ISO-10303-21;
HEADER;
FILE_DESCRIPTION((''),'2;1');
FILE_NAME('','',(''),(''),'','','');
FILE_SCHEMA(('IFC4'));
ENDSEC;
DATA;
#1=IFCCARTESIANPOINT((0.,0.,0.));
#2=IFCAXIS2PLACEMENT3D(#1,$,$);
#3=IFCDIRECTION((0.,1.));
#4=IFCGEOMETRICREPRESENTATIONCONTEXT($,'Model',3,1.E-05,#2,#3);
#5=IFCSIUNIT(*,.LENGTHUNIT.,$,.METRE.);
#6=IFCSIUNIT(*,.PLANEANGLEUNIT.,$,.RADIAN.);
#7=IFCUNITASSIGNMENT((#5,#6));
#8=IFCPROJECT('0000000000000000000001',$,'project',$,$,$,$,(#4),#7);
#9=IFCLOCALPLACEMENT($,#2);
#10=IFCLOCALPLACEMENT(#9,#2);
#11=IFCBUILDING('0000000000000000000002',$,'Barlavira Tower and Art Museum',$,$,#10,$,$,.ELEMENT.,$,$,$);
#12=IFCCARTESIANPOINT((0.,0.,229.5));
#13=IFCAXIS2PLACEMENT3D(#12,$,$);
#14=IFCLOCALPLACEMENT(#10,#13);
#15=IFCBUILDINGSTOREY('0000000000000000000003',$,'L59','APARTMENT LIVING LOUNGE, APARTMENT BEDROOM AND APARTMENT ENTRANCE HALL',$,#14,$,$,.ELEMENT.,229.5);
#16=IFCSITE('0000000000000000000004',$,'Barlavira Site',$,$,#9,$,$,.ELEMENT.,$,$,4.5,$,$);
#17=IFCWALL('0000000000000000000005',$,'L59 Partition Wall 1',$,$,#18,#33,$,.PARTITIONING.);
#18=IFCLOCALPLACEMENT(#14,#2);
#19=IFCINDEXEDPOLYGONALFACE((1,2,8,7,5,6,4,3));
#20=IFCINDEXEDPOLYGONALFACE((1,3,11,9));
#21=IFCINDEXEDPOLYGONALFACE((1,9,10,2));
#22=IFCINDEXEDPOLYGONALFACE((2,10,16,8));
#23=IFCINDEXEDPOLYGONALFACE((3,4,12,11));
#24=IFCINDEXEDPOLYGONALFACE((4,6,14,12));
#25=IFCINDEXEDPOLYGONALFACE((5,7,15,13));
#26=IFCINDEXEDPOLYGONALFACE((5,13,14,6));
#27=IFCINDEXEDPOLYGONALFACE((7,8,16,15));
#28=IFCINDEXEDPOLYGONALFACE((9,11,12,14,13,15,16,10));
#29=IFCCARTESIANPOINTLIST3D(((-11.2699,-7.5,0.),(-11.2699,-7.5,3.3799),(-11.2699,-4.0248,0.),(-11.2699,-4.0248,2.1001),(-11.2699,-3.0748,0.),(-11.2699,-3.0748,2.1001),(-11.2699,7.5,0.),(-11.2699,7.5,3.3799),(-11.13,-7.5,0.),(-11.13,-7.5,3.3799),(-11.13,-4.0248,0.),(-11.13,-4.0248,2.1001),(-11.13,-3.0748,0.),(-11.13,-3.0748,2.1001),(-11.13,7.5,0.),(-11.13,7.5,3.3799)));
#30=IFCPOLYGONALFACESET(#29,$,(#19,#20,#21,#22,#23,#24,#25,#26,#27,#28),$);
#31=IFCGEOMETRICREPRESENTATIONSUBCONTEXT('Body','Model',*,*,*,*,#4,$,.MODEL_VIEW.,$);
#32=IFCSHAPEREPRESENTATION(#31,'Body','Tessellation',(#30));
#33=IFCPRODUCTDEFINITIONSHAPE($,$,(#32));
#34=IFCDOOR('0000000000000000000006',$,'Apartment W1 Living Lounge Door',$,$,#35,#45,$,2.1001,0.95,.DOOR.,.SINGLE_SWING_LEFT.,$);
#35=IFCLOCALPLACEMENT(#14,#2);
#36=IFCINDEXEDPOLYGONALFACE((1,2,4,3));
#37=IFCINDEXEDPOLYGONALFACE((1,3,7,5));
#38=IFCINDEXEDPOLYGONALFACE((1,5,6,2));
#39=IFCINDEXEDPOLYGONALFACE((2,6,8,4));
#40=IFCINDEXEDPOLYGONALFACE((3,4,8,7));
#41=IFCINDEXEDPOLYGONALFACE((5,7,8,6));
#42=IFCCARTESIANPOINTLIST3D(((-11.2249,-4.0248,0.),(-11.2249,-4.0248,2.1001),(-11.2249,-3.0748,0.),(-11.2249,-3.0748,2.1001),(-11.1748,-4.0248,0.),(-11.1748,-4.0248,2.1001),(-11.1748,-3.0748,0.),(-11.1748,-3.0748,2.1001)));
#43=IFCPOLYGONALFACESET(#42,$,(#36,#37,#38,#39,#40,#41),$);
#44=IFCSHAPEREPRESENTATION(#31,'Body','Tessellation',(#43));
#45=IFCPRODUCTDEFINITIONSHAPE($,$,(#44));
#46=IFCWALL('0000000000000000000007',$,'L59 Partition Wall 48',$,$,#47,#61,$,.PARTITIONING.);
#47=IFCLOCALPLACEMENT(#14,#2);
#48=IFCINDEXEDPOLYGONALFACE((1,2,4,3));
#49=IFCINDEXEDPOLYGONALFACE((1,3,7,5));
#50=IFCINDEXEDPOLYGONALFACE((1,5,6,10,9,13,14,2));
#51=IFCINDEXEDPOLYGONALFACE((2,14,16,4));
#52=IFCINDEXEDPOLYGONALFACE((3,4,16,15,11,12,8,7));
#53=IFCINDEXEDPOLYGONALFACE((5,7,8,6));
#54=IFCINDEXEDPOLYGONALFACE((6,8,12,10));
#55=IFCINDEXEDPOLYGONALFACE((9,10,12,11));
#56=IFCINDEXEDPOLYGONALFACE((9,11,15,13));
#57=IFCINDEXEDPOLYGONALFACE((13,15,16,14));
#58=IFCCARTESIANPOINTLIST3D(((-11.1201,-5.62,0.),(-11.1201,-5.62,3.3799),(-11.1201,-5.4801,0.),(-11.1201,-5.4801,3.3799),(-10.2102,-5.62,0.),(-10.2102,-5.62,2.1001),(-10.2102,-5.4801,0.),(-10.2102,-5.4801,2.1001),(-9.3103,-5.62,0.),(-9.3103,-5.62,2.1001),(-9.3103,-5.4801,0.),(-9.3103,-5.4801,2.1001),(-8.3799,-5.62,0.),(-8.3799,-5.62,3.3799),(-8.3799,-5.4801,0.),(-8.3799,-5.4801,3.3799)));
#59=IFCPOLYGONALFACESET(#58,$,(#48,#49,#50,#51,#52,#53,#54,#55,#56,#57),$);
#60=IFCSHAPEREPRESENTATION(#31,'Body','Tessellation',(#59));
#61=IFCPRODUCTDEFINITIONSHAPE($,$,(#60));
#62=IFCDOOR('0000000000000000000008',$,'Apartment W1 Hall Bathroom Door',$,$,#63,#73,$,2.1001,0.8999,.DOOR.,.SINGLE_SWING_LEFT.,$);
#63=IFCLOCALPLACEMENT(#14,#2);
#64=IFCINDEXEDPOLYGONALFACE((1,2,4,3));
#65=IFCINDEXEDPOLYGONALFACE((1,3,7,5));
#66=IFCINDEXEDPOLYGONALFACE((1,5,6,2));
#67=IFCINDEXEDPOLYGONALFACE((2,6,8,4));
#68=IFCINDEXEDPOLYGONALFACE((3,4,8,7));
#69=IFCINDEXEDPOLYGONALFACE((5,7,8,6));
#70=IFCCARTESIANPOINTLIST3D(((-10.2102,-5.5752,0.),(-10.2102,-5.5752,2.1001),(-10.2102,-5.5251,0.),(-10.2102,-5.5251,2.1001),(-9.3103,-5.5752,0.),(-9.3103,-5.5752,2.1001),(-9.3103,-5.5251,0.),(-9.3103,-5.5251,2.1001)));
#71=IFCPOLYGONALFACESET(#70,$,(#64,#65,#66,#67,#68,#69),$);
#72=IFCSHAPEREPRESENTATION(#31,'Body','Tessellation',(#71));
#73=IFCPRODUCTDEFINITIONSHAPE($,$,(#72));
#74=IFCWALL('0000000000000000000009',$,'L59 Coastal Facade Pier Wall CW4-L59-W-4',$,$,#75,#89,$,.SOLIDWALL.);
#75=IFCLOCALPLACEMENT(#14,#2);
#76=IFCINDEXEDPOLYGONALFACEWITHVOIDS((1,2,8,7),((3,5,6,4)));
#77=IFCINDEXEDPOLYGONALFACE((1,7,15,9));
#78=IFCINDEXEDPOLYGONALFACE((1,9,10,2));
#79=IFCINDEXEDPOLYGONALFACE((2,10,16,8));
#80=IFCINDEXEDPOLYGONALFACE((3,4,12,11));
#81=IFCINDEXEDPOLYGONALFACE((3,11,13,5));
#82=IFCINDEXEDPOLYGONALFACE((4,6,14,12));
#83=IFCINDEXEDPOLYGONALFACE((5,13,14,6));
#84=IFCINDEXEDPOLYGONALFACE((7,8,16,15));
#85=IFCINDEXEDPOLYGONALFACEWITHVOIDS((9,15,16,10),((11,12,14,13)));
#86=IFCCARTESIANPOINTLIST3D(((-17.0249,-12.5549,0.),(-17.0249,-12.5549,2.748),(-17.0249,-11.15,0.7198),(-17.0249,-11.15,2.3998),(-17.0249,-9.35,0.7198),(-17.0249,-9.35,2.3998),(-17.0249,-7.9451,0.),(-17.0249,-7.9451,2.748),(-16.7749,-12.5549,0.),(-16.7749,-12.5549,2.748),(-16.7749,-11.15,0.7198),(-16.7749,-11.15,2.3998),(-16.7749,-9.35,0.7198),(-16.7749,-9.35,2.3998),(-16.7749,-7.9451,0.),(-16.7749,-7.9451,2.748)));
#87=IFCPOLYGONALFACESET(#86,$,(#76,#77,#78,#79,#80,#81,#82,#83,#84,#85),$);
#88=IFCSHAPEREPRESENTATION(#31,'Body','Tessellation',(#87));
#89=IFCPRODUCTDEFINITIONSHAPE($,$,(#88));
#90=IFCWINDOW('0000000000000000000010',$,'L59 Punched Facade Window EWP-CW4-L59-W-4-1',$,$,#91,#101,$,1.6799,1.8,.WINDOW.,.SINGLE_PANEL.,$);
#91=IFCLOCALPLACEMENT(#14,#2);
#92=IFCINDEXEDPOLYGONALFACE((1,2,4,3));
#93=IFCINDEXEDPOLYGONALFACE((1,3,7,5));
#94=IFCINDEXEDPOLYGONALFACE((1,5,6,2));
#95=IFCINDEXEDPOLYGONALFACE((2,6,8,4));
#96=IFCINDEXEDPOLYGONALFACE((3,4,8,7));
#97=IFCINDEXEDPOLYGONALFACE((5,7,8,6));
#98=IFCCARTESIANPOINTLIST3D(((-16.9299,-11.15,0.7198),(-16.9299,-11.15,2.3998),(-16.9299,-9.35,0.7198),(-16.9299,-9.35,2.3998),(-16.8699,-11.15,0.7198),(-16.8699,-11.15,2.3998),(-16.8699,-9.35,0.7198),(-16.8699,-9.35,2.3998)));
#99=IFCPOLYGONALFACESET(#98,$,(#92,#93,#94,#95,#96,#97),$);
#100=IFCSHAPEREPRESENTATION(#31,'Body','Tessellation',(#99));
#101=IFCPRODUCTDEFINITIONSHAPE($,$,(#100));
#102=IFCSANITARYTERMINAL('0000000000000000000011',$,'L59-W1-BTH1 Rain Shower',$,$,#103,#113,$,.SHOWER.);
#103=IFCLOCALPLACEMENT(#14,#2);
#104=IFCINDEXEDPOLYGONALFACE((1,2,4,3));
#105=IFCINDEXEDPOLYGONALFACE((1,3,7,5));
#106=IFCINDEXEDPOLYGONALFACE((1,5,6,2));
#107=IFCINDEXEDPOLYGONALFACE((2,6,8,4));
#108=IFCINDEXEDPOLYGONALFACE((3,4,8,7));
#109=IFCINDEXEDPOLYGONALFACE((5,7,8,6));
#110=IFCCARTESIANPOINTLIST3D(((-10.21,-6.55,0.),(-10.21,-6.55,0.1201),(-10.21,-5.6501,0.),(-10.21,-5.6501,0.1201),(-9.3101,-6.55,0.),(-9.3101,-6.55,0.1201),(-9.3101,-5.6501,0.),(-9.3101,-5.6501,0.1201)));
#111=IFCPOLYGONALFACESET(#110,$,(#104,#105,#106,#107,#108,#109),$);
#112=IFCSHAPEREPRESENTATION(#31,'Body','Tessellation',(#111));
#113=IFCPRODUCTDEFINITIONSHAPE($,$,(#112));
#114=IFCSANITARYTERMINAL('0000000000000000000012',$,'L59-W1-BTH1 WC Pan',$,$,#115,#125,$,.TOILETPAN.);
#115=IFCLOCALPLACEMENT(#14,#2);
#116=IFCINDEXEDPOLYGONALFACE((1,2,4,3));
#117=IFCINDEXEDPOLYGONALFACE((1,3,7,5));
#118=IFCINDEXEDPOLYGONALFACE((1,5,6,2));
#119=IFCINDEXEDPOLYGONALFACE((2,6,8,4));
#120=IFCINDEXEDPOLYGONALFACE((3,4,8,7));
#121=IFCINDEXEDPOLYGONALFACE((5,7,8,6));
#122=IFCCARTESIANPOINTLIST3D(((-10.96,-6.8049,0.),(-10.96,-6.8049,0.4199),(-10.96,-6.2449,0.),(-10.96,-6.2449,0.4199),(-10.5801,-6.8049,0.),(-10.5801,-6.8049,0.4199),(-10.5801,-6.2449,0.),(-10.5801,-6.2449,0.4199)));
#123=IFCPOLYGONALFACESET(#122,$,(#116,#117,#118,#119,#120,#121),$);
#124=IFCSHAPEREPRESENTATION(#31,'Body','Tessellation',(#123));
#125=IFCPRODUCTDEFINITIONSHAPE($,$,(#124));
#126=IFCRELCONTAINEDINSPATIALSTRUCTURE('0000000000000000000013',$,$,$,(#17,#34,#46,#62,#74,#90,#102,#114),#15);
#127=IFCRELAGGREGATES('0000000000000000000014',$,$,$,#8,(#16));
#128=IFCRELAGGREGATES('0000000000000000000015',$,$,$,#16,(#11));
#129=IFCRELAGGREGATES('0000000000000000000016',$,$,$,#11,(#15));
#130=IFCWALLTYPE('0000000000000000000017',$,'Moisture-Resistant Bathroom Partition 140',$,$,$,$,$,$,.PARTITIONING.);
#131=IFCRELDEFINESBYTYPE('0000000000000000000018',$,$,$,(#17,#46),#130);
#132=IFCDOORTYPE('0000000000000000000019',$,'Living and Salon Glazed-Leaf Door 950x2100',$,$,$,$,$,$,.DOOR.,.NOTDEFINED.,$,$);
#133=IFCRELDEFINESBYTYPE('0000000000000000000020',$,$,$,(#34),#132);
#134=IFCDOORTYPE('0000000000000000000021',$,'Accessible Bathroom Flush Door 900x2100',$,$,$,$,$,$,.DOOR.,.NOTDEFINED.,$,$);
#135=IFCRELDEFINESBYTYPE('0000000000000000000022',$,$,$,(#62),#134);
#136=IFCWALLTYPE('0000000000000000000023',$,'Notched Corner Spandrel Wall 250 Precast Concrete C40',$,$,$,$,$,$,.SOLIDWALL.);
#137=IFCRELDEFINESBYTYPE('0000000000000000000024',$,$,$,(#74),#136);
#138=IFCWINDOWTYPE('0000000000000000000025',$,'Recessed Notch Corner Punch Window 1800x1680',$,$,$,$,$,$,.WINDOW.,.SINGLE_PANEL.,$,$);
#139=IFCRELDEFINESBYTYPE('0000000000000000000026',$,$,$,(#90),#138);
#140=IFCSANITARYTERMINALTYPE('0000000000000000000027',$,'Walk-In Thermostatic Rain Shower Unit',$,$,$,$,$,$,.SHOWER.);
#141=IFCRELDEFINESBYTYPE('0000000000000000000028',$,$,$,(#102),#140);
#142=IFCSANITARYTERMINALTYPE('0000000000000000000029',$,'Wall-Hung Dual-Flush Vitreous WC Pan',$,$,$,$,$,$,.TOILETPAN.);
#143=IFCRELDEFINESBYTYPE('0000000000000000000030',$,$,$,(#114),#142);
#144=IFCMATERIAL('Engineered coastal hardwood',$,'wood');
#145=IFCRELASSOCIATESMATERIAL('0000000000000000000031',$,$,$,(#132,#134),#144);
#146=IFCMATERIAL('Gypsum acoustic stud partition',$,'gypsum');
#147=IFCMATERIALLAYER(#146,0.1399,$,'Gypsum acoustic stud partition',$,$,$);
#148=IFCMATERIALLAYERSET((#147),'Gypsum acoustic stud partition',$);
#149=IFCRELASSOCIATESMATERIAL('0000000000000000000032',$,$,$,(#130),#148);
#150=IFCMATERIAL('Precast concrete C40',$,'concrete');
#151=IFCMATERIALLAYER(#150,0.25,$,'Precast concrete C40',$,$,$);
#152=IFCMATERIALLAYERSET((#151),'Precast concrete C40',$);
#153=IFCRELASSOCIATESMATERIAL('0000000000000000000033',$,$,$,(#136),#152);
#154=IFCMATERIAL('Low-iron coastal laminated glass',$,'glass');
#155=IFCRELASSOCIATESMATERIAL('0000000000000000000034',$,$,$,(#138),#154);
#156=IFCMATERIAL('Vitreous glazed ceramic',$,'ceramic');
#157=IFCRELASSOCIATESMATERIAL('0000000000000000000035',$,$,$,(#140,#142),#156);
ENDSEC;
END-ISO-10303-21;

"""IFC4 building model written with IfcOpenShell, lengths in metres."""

from ifc_helpers import new_model, si_unit, direction, frame, frame_2d, origin, origin_2d, place, context, subcontext, project, spatial, rectangle, extrude, material, layer, layer_set, type_object, element, fill, save


model = new_model("IFC4")

# Units and contexts
model_context = context("Model", 3, precision=1e-05, world=origin(), true_north=direction((0.0, 1.0)))
body_context = subcontext(model_context, "Body", "Model", "MODEL_VIEW")
ifc_project = project(units=[si_unit("LENGTHUNIT", "METRE"), si_unit("PLANEANGLEUNIT", "RADIAN")], contexts=[model_context])

# Site, building, storey
site_placement = place(None, origin())
site = spatial("IfcSite", under=ifc_project, at=site_placement, Name="Barlavira Site", CompositionType="ELEMENT", RefElevation=4.5)
building_placement = place(site_placement, origin())
building = spatial("IfcBuilding", under=site, at=building_placement, Name="Barlavira Tower and Art Museum", CompositionType="ELEMENT")
storey_placement = place(building_placement, frame((0.0, 0.0, 229.5)))
storey = spatial("IfcBuildingStorey", under=building, at=storey_placement, Name="L59", Description="APARTMENT LIVING LOUNGE, APARTMENT BEDROOM AND APARTMENT ENTRANCE HALL", CompositionType="ELEMENT", Elevation=229.5)

# Shared definitions
ifc_material_1 = material(Name="Low-iron coastal laminated glass", Category="glass")

# Shared definitions
ifc_material_2 = material(Name="Gypsum acoustic stud partition", Category="gypsum")
ifc_material_3 = material(Name="Engineered coastal hardwood", Category="wood")
door_type_1 = type_object("IfcDoorType", Name="Living and Salon Glazed-Leaf Door 950x2100", OperationType="NOTDEFINED", PredefinedType="DOOR", material=ifc_material_3)

# Walls, openings, doors
ifc_layer_1 = layer(ifc_material_2, 0.1399, Name="Gypsum acoustic stud partition")
ifc_layer_set_1 = layer_set([ifc_layer_1], Name="Gypsum acoustic stud partition")
wall_type_1 = type_object("IfcWallType", Name="Moisture-Resistant Bathroom Partition 140", PredefinedType="PARTITIONING", material=ifc_layer_set_1)
wall_1_placement = place(storey_placement, frame((-11.2, -7.5, 0.0), z_axis=(0.0, 0.0, 1.0), x_axis=(0.0, 1.0, 0.0)))
wall_1 = element("IfcWall", 1, at=wall_1_placement, inside=storey, type_object=wall_type_1, Name="L59 Partition Wall 1", PredefinedType="PARTITIONING", context=body_context, shape_type="SweptSolid", body=[
    extrude(rectangle(XDim=15.0, YDim=0.1399, at=frame_2d((7.5, 0.0))), origin(), (0.0, 0.0, 1.0), 3.3799),
])
opening_1_placement = place(wall_1_placement, frame((3.4751, 0.0, 0.0)))
opening_1 = element("IfcOpeningElement", 2, at=opening_1_placement, cuts=wall_1, PredefinedType="OPENING", context=body_context, shape_type="SweptSolid", body=[
    extrude(rectangle(XDim=0.95, YDim=2.1001, at=frame_2d((0.4751, 1.05))), frame((0.0, 0.0801, 0.0), z_axis=(0.0, -1.0, 0.0), x_axis=(1.0, 0.0, 0.0)), (0.0, 0.0, 1.0), 0.1599),
])
door_1_placement = place(opening_1_placement, origin())
door_1 = element("IfcDoor", 3, at=door_1_placement, inside=storey, type_object=door_type_1, Name="Apartment W1 Living Lounge Door", OperationType="SINGLE_SWING_LEFT", OverallHeight=2.1001, OverallWidth=0.95, PredefinedType="DOOR", context=body_context, shape_type="SweptSolid", body=[
    extrude(rectangle(XDim=0.95, YDim=2.1001, at=frame_2d((0.4751, 1.05))), frame((0.0, 0.0249, 0.0), z_axis=(0.0, -1.0, 0.0), x_axis=(1.0, 0.0, 0.0)), (0.0, 0.0, 1.0), 0.05),
])
fill(opening_1, door_1)
wall_2_placement = place(storey_placement, frame((-11.1201, -5.55, 0.0), z_axis=(0.0, 0.0, 1.0), x_axis=(1.0, 0.0, 0.0)))
wall_2 = element("IfcWall", 4, at=wall_2_placement, inside=storey, type_object=wall_type_1, Name="L59 Partition Wall 48", PredefinedType="PARTITIONING", context=body_context, shape_type="SweptSolid", body=[
    extrude(rectangle(XDim=2.7402, YDim=0.1399, at=frame_2d((1.3701, 0.0))), origin(), (0.0, 0.0, 1.0), 3.3799),
])
opening_2_placement = place(wall_2_placement, frame((0.9099, 0.0, 0.0)))
opening_2 = element("IfcOpeningElement", 5, at=opening_2_placement, cuts=wall_2, PredefinedType="OPENING", context=body_context, shape_type="SweptSolid", body=[
    extrude(rectangle(XDim=0.8999, YDim=2.1001, at=frame_2d((0.45, 1.05))), frame((0.0, 0.0801, 0.0), z_axis=(0.0, -1.0, 0.0), x_axis=(1.0, 0.0, 0.0)), (0.0, 0.0, 1.0), 0.1599),
])
door_type_2 = type_object("IfcDoorType", Name="Accessible Bathroom Flush Door 900x2100", OperationType="NOTDEFINED", PredefinedType="DOOR", material=ifc_material_3)
door_2_placement = place(opening_2_placement, origin())
door_2 = element("IfcDoor", 6, at=door_2_placement, inside=storey, type_object=door_type_2, Name="Apartment W1 Hall Bathroom Door", OperationType="SINGLE_SWING_LEFT", OverallHeight=2.1001, OverallWidth=0.8999, PredefinedType="DOOR", context=body_context, shape_type="SweptSolid", body=[
    extrude(rectangle(XDim=0.8999, YDim=2.1001, at=frame_2d((0.45, 1.05))), frame((0.0, 0.0249, 0.0), z_axis=(0.0, -1.0, 0.0), x_axis=(1.0, 0.0, 0.0)), (0.0, 0.0, 1.0), 0.05),
])
fill(opening_2, door_2)

# Wall, opening, window
ifc_material_4 = material(Name="Precast concrete C40", Category="concrete")
ifc_layer_2 = layer(ifc_material_4, 0.25, Name="Precast concrete C40")
ifc_layer_set_2 = layer_set([ifc_layer_2], Name="Precast concrete C40")
wall_type_2 = type_object("IfcWallType", Name="Notched Corner Spandrel Wall 250 Precast Concrete C40", PredefinedType="SOLIDWALL", material=ifc_layer_set_2)
wall_3_placement = place(storey_placement, frame((-16.8999, -7.9451, 0.0), z_axis=(0.0, 0.0, 1.0), x_axis=(0.0, -1.0, 0.0)))
wall_3 = element("IfcWall", 7, at=wall_3_placement, inside=storey, type_object=wall_type_2, Name="L59 Coastal Facade Pier Wall CW4-L59-W-4", PredefinedType="SOLIDWALL", context=body_context, shape_type="SweptSolid", body=[
    extrude(rectangle(XDim=4.6099, YDim=0.25, at=frame_2d((2.3049, 0.0))), origin(), (0.0, 0.0, 1.0), 2.748),
])
opening_3_placement = place(wall_3_placement, frame((1.405, 0.0, 0.72)))
opening_3 = element("IfcOpeningElement", 8, at=opening_3_placement, cuts=wall_3, PredefinedType="OPENING", context=body_context, shape_type="SweptSolid", body=[
    extrude(rectangle(XDim=1.8, YDim=1.6799, at=frame_2d((0.8999, 0.8398))), frame((0.0, 0.135, 0.0), z_axis=(0.0, -1.0, 0.0), x_axis=(1.0, 0.0, 0.0)), (0.0, 0.0, 1.0), 0.27),
])
window_type = type_object("IfcWindowType", Name="Recessed Notch Corner Punch Window 1800x1680", PartitioningType="SINGLE_PANEL", PredefinedType="WINDOW", material=ifc_material_1)
window_placement = place(opening_3_placement, origin())
window = element("IfcWindow", 9, at=window_placement, inside=storey, type_object=window_type, Name="L59 Punched Facade Window EWP-CW4-L59-W-4-1", OverallHeight=1.6799, OverallWidth=1.8, PartitioningType="SINGLE_PANEL", PredefinedType="WINDOW", context=body_context, shape_type="SweptSolid", body=[
    extrude(rectangle(XDim=1.8, YDim=1.6799, at=frame_2d((0.8999, 0.8398))), frame((0.0, 0.03, 0.0), z_axis=(0.0, -1.0, 0.0), x_axis=(1.0, 0.0, 0.0)), (0.0, 0.0, 1.0), 0.0601),
])
fill(opening_3, window)

# Sanitary terminals
ifc_material_5 = material(Name="Vitreous glazed ceramic", Category="ceramic")
sanitary_terminal_type_1 = type_object("IfcSanitaryTerminalType", Name="Walk-In Thermostatic Rain Shower Unit", PredefinedType="SHOWER", material=ifc_material_5)
sanitary_terminal_1_placement = place(storey_placement, frame((-9.76, -6.1001, 0.0), z_axis=(0.0, 0.0, 1.0), x_axis=(1.0, 0.0, 0.0)))
element("IfcSanitaryTerminal", 10, at=sanitary_terminal_1_placement, inside=storey, type_object=sanitary_terminal_type_1, Name="L59-W1-BTH1 Rain Shower", PredefinedType="SHOWER", context=body_context, shape_type="SweptSolid", body=[
    extrude(rectangle(XDim=0.8999, YDim=0.8999, at=origin_2d()), origin(), (0.0, 0.0, 1.0), 0.1201),
])
sanitary_terminal_type_2 = type_object("IfcSanitaryTerminalType", Name="Wall-Hung Dual-Flush Vitreous WC Pan", PredefinedType="TOILETPAN", material=ifc_material_5)
sanitary_terminal_2_placement = place(storey_placement, frame((-10.77, -6.5249, 0.0), z_axis=(0.0, 0.0, 1.0), x_axis=(1.0, 0.0, 0.0)))
element("IfcSanitaryTerminal", 11, at=sanitary_terminal_2_placement, inside=storey, type_object=sanitary_terminal_type_2, Name="L59-W1-BTH1 WC Pan", PredefinedType="TOILETPAN", context=body_context, shape_type="SweptSolid", body=[
    extrude(rectangle(XDim=0.3799, YDim=0.5601, at=origin_2d()), origin(), (0.0, 0.0, 1.0), 0.4199),
])

save(model, "model.ifc")
